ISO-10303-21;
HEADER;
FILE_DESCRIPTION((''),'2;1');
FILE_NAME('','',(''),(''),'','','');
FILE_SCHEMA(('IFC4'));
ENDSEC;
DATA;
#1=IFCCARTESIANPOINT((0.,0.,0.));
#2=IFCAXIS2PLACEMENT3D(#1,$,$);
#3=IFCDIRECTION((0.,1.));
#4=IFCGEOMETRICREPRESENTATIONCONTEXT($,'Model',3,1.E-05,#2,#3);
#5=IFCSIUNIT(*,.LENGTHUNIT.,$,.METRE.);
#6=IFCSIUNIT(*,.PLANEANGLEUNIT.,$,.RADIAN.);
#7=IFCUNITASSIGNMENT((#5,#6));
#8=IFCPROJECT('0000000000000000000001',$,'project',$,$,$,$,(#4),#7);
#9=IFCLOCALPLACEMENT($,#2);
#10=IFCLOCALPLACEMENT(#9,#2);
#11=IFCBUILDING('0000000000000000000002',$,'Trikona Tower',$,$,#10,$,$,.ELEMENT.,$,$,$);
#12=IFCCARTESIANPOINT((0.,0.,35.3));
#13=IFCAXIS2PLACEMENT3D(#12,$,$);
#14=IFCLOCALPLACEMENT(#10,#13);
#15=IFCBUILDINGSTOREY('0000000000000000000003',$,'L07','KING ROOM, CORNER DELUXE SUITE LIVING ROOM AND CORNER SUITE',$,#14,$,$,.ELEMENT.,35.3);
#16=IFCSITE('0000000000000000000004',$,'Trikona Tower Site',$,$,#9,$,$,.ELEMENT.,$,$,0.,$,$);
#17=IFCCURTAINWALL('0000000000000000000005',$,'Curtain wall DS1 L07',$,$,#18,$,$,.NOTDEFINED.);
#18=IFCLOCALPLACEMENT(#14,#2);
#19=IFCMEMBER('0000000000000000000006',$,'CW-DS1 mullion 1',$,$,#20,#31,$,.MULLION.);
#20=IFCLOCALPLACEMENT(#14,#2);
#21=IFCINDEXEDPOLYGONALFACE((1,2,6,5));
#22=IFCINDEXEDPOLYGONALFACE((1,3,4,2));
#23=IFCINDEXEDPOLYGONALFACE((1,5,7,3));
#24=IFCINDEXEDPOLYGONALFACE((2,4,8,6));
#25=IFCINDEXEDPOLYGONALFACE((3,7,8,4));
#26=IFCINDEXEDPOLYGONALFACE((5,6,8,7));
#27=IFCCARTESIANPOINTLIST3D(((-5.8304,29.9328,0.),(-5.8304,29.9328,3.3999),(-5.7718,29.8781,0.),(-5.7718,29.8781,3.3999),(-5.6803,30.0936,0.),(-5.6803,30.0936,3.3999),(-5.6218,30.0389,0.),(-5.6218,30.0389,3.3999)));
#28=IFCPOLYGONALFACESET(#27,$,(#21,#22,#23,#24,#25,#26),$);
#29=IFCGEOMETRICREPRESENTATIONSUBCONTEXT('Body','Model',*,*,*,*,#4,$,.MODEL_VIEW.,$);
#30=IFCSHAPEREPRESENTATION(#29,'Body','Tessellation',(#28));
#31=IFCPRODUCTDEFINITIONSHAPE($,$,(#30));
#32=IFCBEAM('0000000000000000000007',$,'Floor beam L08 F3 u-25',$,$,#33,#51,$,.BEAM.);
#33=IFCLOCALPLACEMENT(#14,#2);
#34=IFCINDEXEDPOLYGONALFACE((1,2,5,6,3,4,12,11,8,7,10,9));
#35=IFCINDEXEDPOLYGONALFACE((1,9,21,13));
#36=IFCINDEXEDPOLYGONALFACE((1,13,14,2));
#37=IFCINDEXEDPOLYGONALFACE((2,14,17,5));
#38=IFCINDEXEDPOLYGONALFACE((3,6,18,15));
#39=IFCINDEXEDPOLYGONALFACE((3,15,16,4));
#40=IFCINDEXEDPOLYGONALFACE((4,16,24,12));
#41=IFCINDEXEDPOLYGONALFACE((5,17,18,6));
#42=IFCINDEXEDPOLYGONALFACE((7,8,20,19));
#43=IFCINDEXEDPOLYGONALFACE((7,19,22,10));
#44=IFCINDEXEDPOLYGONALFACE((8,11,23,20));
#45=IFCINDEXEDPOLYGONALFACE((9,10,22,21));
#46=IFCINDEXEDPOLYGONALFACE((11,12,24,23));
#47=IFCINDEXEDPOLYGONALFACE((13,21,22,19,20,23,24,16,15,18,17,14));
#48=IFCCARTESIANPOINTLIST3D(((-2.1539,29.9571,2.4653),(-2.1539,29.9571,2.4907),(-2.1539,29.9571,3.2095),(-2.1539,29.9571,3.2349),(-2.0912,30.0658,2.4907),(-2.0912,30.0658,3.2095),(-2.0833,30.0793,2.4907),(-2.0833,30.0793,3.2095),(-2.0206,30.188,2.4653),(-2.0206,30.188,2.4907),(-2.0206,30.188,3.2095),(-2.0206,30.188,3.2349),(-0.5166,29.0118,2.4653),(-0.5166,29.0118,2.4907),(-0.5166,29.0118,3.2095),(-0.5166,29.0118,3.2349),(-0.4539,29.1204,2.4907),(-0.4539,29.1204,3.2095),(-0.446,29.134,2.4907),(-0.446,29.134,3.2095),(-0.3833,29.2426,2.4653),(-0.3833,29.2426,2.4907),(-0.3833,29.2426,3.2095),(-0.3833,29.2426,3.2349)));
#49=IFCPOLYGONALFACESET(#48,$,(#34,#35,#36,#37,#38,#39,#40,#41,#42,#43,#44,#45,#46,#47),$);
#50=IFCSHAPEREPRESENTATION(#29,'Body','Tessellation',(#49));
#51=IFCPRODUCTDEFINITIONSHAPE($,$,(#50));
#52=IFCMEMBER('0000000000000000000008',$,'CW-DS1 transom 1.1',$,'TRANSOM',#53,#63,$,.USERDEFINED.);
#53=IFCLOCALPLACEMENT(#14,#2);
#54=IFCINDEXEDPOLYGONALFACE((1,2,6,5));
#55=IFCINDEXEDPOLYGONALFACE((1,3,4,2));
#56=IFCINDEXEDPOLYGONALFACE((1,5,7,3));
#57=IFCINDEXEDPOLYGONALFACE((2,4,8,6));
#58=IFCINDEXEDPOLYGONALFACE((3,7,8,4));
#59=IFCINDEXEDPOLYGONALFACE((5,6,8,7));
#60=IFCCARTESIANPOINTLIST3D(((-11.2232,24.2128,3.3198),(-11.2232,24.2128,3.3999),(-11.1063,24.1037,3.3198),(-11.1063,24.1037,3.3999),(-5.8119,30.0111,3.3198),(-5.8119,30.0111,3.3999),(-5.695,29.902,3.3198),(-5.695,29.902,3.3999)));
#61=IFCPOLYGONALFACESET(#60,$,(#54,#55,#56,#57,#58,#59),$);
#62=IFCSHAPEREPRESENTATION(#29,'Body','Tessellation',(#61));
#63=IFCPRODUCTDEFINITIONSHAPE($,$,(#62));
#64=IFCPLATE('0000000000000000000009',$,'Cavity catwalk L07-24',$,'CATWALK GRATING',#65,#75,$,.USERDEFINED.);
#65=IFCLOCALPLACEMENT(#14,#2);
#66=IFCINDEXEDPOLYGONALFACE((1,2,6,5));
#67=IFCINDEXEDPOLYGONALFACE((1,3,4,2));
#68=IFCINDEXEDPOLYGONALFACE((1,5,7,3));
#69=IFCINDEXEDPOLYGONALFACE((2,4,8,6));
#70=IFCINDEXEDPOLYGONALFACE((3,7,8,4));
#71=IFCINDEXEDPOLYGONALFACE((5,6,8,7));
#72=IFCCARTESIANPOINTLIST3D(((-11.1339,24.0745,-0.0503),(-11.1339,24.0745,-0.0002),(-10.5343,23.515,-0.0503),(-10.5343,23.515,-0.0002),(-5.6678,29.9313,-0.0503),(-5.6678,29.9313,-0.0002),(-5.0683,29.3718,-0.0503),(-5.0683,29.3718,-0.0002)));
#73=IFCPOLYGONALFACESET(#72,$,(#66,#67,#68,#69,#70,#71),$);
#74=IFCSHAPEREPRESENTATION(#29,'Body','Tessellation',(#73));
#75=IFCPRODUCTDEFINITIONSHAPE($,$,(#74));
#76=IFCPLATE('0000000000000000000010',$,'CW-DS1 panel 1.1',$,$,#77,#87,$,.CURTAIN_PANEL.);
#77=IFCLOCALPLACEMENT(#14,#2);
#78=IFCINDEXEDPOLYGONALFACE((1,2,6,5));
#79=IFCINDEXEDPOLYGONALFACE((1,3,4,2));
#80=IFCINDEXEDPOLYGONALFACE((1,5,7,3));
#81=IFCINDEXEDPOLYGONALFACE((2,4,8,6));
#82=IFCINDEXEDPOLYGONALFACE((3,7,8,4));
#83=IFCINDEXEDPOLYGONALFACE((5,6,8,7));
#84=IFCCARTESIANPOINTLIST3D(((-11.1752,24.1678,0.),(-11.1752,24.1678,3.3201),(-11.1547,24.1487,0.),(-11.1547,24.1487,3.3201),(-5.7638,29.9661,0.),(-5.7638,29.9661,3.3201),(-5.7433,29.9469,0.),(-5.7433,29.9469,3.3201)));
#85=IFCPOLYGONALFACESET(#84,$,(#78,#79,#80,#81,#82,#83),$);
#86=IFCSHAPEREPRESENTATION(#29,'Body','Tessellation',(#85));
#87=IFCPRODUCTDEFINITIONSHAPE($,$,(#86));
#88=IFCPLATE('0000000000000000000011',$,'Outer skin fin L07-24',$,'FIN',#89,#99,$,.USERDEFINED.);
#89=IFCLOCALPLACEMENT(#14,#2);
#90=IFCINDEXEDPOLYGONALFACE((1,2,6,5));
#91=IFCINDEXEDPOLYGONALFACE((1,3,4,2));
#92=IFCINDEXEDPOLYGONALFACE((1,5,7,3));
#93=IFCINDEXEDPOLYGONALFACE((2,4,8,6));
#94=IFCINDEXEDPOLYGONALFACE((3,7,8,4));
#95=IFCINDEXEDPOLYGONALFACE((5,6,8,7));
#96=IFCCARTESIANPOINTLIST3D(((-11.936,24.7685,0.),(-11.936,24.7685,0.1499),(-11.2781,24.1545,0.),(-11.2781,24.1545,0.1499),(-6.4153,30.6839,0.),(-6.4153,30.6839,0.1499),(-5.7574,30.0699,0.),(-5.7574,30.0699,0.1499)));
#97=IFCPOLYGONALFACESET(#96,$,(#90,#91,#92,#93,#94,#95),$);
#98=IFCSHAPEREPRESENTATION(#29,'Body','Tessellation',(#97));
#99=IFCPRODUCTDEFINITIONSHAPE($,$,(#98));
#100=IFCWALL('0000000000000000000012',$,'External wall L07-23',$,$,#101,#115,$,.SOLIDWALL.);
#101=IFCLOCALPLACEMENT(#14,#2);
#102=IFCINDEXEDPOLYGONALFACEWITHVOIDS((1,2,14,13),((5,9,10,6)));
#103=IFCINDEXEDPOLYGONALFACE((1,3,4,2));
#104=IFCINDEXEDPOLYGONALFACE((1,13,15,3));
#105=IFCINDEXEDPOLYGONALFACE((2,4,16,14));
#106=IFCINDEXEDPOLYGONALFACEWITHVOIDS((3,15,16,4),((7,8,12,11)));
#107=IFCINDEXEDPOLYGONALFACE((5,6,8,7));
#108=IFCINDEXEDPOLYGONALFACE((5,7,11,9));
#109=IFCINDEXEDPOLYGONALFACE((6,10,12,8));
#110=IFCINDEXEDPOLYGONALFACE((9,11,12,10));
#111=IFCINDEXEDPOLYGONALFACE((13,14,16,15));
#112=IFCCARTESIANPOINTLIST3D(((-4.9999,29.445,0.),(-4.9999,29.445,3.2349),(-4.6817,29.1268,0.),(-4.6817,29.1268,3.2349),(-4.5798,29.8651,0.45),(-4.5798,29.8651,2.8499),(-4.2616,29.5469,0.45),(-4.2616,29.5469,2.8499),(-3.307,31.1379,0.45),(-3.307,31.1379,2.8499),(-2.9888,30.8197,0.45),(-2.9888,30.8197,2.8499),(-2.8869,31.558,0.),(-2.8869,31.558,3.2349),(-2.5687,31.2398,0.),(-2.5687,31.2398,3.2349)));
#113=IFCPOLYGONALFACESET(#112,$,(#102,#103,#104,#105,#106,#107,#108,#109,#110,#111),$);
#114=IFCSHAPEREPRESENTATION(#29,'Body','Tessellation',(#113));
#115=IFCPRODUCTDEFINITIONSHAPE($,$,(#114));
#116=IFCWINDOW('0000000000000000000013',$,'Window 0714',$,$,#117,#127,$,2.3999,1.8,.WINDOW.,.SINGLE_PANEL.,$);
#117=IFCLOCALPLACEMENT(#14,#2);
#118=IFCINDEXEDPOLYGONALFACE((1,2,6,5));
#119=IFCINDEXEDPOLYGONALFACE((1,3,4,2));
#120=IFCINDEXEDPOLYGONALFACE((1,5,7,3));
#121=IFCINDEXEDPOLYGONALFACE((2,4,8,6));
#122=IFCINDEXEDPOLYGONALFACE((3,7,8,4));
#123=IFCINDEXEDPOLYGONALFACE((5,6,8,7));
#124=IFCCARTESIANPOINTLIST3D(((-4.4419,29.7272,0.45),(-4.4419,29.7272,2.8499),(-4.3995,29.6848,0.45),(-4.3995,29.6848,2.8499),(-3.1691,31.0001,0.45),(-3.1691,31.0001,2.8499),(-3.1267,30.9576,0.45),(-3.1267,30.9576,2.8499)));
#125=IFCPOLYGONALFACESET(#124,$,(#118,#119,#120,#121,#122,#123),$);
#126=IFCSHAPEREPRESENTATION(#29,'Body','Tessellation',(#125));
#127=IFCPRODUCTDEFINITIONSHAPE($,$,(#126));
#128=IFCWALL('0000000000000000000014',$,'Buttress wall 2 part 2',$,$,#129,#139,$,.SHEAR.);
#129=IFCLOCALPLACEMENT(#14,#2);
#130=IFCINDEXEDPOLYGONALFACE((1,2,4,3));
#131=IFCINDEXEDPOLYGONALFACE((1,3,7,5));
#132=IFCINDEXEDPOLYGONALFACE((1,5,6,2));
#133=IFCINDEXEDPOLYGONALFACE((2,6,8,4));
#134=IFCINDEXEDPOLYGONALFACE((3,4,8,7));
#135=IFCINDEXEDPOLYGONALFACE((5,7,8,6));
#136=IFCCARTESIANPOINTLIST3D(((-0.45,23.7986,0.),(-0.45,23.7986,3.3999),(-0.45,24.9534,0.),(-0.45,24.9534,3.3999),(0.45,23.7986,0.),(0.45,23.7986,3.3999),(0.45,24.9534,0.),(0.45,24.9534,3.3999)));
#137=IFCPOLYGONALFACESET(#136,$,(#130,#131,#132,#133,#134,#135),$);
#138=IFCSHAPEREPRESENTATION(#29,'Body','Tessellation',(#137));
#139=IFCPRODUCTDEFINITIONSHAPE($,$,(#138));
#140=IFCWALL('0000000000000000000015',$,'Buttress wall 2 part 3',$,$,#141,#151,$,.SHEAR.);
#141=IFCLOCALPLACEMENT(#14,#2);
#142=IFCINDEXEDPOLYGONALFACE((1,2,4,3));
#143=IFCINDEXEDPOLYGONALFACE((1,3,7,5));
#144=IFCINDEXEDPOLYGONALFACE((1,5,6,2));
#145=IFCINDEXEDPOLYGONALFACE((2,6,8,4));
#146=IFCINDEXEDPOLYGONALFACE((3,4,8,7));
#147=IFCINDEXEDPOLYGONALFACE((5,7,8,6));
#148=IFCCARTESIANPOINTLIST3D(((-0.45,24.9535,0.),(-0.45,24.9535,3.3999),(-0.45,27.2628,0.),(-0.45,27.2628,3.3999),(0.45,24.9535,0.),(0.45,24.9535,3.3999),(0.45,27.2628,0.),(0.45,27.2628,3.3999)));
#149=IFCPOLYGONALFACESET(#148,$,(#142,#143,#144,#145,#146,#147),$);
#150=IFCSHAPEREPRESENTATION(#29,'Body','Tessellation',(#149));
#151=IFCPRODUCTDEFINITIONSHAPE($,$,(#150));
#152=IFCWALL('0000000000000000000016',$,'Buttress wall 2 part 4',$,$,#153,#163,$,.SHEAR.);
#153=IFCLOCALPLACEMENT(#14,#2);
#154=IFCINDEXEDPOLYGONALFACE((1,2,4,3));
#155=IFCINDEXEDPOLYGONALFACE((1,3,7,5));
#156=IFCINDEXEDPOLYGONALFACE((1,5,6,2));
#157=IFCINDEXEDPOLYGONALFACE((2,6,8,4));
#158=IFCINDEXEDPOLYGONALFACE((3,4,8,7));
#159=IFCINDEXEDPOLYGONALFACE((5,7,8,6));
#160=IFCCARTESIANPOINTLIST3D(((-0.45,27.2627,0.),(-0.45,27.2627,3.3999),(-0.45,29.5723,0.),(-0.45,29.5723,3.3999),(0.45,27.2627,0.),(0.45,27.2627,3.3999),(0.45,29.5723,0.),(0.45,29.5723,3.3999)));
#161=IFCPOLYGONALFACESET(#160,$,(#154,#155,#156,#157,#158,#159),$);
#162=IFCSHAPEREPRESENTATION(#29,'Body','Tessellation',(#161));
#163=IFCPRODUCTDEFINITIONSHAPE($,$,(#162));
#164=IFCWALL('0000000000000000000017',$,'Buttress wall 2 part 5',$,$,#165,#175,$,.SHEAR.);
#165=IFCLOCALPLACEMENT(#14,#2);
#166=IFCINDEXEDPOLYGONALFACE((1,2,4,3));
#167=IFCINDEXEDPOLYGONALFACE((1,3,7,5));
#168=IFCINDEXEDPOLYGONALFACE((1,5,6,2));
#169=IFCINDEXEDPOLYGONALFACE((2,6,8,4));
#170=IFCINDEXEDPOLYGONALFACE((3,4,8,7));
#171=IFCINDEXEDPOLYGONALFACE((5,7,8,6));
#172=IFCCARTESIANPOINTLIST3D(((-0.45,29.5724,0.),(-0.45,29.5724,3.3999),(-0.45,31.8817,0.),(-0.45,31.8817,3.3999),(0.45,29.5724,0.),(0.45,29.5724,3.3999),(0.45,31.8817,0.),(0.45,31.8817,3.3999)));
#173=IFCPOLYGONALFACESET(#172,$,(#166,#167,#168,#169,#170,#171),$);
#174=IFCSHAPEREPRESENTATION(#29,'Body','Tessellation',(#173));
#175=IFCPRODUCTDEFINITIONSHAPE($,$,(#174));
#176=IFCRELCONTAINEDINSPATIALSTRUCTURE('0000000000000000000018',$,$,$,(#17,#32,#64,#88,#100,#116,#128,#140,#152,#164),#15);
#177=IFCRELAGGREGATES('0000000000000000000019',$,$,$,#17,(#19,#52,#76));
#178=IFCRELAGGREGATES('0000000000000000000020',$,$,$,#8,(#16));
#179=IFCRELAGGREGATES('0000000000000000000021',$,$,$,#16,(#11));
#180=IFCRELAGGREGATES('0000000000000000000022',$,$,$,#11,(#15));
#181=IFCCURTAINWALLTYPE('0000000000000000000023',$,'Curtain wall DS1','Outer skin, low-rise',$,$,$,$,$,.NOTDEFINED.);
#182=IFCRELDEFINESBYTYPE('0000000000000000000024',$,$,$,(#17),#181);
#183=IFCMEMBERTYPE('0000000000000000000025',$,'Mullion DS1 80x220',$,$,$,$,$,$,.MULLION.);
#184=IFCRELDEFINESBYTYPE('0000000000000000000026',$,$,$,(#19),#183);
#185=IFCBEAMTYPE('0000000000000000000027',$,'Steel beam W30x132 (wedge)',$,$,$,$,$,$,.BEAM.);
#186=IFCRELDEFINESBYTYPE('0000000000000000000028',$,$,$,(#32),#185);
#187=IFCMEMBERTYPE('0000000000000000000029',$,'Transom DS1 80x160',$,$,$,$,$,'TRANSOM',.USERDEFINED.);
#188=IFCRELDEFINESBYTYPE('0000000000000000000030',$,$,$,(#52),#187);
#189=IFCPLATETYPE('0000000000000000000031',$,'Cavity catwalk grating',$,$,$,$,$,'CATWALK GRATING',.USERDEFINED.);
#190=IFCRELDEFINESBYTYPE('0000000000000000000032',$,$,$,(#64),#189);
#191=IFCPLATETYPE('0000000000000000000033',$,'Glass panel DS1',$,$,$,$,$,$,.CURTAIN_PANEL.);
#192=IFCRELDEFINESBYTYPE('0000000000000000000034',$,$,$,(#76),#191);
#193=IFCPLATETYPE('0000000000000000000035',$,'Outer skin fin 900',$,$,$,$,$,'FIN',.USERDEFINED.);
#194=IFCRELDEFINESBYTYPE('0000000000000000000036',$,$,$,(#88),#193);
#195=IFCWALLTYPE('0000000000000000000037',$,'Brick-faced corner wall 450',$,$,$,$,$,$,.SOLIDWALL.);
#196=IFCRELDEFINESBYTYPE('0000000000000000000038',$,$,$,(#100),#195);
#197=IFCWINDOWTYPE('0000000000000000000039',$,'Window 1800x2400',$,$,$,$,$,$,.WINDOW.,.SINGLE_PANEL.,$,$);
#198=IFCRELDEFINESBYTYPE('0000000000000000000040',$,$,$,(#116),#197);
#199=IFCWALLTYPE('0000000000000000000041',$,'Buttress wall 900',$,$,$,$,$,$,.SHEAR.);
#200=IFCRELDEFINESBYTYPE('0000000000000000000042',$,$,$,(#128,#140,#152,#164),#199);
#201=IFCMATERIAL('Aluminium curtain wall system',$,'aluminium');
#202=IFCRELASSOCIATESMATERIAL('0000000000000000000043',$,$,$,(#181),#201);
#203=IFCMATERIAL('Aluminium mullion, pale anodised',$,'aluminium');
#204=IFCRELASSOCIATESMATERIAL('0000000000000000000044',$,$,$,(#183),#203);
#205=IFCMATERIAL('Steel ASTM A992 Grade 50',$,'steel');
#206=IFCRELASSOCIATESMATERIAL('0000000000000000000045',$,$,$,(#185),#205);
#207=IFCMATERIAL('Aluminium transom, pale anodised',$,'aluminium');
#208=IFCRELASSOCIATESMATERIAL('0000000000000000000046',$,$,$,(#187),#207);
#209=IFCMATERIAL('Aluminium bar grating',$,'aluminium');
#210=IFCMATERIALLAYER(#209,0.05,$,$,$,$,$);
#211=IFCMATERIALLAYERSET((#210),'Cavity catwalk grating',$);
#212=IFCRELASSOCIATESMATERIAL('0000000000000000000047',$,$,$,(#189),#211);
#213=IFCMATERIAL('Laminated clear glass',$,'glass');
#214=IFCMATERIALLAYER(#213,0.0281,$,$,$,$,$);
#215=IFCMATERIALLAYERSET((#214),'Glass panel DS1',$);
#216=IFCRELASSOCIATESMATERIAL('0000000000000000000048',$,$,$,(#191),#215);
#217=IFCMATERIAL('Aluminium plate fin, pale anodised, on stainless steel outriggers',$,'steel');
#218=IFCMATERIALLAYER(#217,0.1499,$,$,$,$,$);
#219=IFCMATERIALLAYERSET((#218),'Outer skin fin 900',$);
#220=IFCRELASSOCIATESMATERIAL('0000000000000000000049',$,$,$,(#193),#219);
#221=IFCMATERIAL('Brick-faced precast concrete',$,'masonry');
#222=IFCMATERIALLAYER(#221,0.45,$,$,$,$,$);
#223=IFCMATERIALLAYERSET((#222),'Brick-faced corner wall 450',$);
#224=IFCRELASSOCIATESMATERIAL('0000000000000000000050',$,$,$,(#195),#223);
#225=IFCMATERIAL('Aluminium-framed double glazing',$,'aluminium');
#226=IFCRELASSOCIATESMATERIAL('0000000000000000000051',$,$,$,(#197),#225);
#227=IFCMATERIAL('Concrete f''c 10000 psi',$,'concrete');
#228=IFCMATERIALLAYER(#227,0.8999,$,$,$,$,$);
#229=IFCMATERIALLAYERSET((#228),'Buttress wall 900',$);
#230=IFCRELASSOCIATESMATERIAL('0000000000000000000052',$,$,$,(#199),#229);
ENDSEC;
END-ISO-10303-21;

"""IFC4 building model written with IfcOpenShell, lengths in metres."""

from ifc_helpers import new_model, si_unit, direction, frame, frame_2d, origin, origin_2d, place, context, subcontext, project, spatial, rectangle, i_section, extrude, material, layer, layer_set, material_profile, profile_set, type_object, element, fill, aggregate, save


model = new_model("IFC4")

# Units and contexts
model_context = context("Model", 3, precision=1e-05, world=origin(), true_north=direction((0.0, 1.0)))
body_context = subcontext(model_context, "Body", "Model", "MODEL_VIEW")
ifc_project = project(units=[si_unit("LENGTHUNIT", "METRE"), si_unit("PLANEANGLEUNIT", "RADIAN")], contexts=[model_context])

# Site, building, storey
site_placement = place(None, origin())
site = spatial("IfcSite", under=ifc_project, at=site_placement, Name="Trikona Tower Site", CompositionType="ELEMENT", RefElevation=0.0)
building_placement = place(site_placement, origin())
building = spatial("IfcBuilding", under=site, at=building_placement, Name="Trikona Tower", CompositionType="ELEMENT")
storey_placement = place(building_placement, frame((0.0, 0.0, 35.3)))
storey = spatial("IfcBuildingStorey", under=building, at=storey_placement, Name="L07", Description="KING ROOM, CORNER DELUXE SUITE LIVING ROOM AND CORNER SUITE", CompositionType="ELEMENT", Elevation=35.3)

# Curtain wall, member
ifc_material_1 = material(Name="Aluminium curtain wall system", Category="aluminium")
curtain_wall_type = type_object("IfcCurtainWallType", Name="Curtain wall DS1", Description="Outer skin, low-rise", PredefinedType="NOTDEFINED", material=ifc_material_1)
curtain_wall_placement = place(storey_placement, origin())
curtain_wall = element("IfcCurtainWall", 1, at=curtain_wall_placement, inside=storey, type_object=curtain_wall_type, Name="Curtain wall DS1 L07", PredefinedType="NOTDEFINED")
ifc_material_2 = material(Name="Aluminium mullion, pale anodised", Category="aluminium")
ifc_material_profile_1 = material_profile(ifc_material_2, rectangle(XDim=0.0801, YDim=0.22, at=origin_2d()), Name="MUL-DS1")
ifc_profile_set_1 = profile_set([ifc_material_profile_1], Name="Aluminium mullion, pale anodised")
member_type_1 = type_object("IfcMemberType", Name="Mullion DS1 80x220", PredefinedType="MULLION", material=ifc_profile_set_1)
member_1_placement = place(storey_placement, frame((-5.7261, 29.9858, 0.0), z_axis=(0.0, 0.0, 1.0), x_axis=(0.731077, -0.682295, 0.0)))
member_1 = element("IfcMember", 2, at=member_1_placement, type_object=member_type_1, Name="CW-DS1 mullion 1", PredefinedType="MULLION", context=body_context, shape_type="SweptSolid", body=[
    extrude(rectangle(XDim=0.0801, YDim=0.22, at=origin_2d()), origin(), (0.0, 0.0, 1.0), 3.3999),
])

# Beam
ifc_material_3 = material(Name="Steel ASTM A992 Grade 50", Category="steel")
ifc_material_profile_2 = material_profile(ifc_material_3, i_section(OverallWidth=0.2666, OverallDepth=0.7695, WebThickness=0.0156, FlangeThickness=0.0254, at=origin_2d()), Name="W30X132")
ifc_profile_set_2 = profile_set([ifc_material_profile_2], Name="Steel ASTM A992 Grade 50")
beam_type = type_object("IfcBeamType", Name="Steel beam W30x132 (wedge)", PredefinedType="BEAM", material=ifc_profile_set_2)
beam_placement = place(storey_placement, frame((-0.45, 29.1272, 2.8501), z_axis=(-0.866009, 0.500028, 0.0), x_axis=(-0.500028, -0.866009, 0.0)))
element("IfcBeam", 3, at=beam_placement, inside=storey, type_object=beam_type, Name="Floor beam L08 F3 u-25", PredefinedType="BEAM", context=body_context, shape_type="SweptSolid", body=[
    extrude(i_section(OverallWidth=0.2666, OverallDepth=0.7695, WebThickness=0.0156, FlangeThickness=0.0254, at=origin_2d()), origin(), (0.0, 0.0, 1.0), 1.8906),
])

# Member
ifc_material_4 = material(Name="Aluminium transom, pale anodised", Category="aluminium")
ifc_material_profile_3 = material_profile(ifc_material_4, rectangle(XDim=0.1599, YDim=0.0801, at=origin_2d()), Name="TRN-DS1")
ifc_profile_set_3 = profile_set([ifc_material_profile_3], Name="Aluminium transom, pale anodised")
member_type_2 = type_object("IfcMemberType", Name="Transom DS1 80x160", ElementType="TRANSOM", PredefinedType="USERDEFINED", material=ifc_profile_set_3)
member_2_placement = place(storey_placement, frame((-5.7534, 29.9565, 3.3599), z_axis=(-0.682291, -0.731081, 0.0), x_axis=(0.731081, -0.682291, 0.0)))
member_2 = element("IfcMember", 4, at=member_2_placement, type_object=member_type_2, Name="CW-DS1 transom 1.1", ObjectType="TRANSOM", PredefinedType="USERDEFINED", context=body_context, shape_type="SweptSolid", body=[
    extrude(rectangle(XDim=0.1599, YDim=0.0801, at=origin_2d()), origin(), (0.0, 0.0, 1.0), 7.9312),
])

# Plates
ifc_material_5 = material(Name="Aluminium bar grating", Category="aluminium")
ifc_layer_1 = layer(ifc_material_5, 0.05)
ifc_layer_set_1 = layer_set([ifc_layer_1], Name="Cavity catwalk grating")
plate_type_1 = type_object("IfcPlateType", Name="Cavity catwalk grating", ElementType="CATWALK GRATING", PredefinedType="USERDEFINED", material=ifc_layer_set_1)
plate_1_placement = place(storey_placement, frame((-8.1011, 26.7231, -0.0503), z_axis=(0.0, 0.0, 1.0), x_axis=(-0.682298, -0.731074, 0.0)))
element("IfcPlate", 5, at=plate_1_placement, inside=storey, type_object=plate_type_1, Name="Cavity catwalk L07-24", ObjectType="CATWALK GRATING", PredefinedType="USERDEFINED", context=body_context, shape_type="SweptSolid", body=[
    extrude(rectangle(XDim=8.0112, YDim=0.8201, at=origin_2d()), origin(), (0.0, 0.0, 1.0), 0.05),
])
ifc_material_6 = material(Name="Laminated clear glass", Category="glass")
ifc_layer_2 = layer(ifc_material_6, 0.0281)
ifc_layer_set_2 = layer_set([ifc_layer_2], Name="Glass panel DS1")
plate_type_2 = type_object("IfcPlateType", Name="Glass panel DS1", PredefinedType="CURTAIN_PANEL", material=ifc_layer_set_2)
plate_2_placement = place(storey_placement, frame((-8.4592, 27.0574, 0.0), z_axis=(0.0, 0.0, 1.0), x_axis=(-0.682295, -0.731077, 0.0)))
plate_2 = element("IfcPlate", 6, at=plate_2_placement, type_object=plate_type_2, Name="CW-DS1 panel 1.1", PredefinedType="CURTAIN_PANEL", context=body_context, shape_type="SweptSolid", body=[
    extrude(rectangle(XDim=7.9312, YDim=0.0281, at=origin_2d()), origin(), (0.0, 0.0, 1.0), 3.3201),
])
aggregate(curtain_wall, [member_1, member_2, plate_2])
ifc_material_7 = material(Name="Aluminium plate fin, pale anodised, on stainless steel outriggers", Category="steel")
ifc_layer_3 = layer(ifc_material_7, 0.1499)
ifc_layer_set_3 = layer_set([ifc_layer_3], Name="Outer skin fin 900")
plate_type_3 = type_object("IfcPlateType", Name="Outer skin fin 900", ElementType="FIN", PredefinedType="USERDEFINED", material=ifc_layer_set_3)
plate_3_placement = place(storey_placement, frame((-8.8467, 27.4192, 0.0), z_axis=(0.0, 0.0, 1.0), x_axis=(-0.682298, -0.731074, 0.0)))
element("IfcPlate", 7, at=plate_3_placement, inside=storey, type_object=plate_type_3, Name="Outer skin fin L07-24", ObjectType="FIN", PredefinedType="USERDEFINED", context=body_context, shape_type="SweptSolid", body=[
    extrude(rectangle(XDim=8.0913, YDim=0.8999, at=origin_2d()), origin(), (0.0, 0.0, 1.0), 0.1499),
])

# Wall, opening, window
ifc_material_8 = material(Name="Brick-faced precast concrete", Category="masonry")
ifc_layer_4 = layer(ifc_material_8, 0.45)
ifc_layer_set_4 = layer_set([ifc_layer_4], Name="Brick-faced corner wall 450")
wall_type_1 = type_object("IfcWallType", Name="Brick-faced corner wall 450", PredefinedType="SOLIDWALL", material=ifc_layer_set_4)
wall_1_placement = place(storey_placement, frame((-2.7278, 31.3989, 0.0), z_axis=(0.0, 0.0, 1.0), x_axis=(-0.707107, -0.707107, 0.0)))
wall_1 = element("IfcWall", 8, at=wall_1_placement, inside=storey, type_object=wall_type_1, Name="External wall L07-23", PredefinedType="SOLIDWALL", context=body_context, shape_type="SweptSolid", body=[
    extrude(rectangle(XDim=2.9883, YDim=0.45, at=frame_2d((1.4941, 0.0))), origin(), (0.0, 0.0, 1.0), 3.2349),
])
opening_1_placement = place(wall_1_placement, frame((0.5942, 0.0, 0.45)))
opening_1 = element("IfcOpeningElement", 9, at=opening_1_placement, cuts=wall_1, PredefinedType="OPENING", context=body_context, shape_type="SweptSolid", body=[
    extrude(rectangle(XDim=1.8, YDim=2.3999, at=frame_2d((0.8999, 1.2))), frame((0.0, 0.2349, 0.0), z_axis=(0.0, -1.0, 0.0), x_axis=(1.0, 0.0, 0.0)), (0.0, 0.0, 1.0), 0.47),
])
ifc_material_9 = material(Name="Aluminium-framed double glazing", Category="aluminium")
window_type_1 = type_object("IfcWindowType", Name="Window 1800x2400", PartitioningType="SINGLE_PANEL", PredefinedType="WINDOW", material=ifc_material_9)
window_1_placement = place(opening_1_placement, origin())
window_1 = element("IfcWindow", 10, at=window_1_placement, inside=storey, type_object=window_type_1, Name="Window 0714", OverallHeight=2.3999, OverallWidth=1.8, PartitioningType="SINGLE_PANEL", PredefinedType="WINDOW", context=body_context, shape_type="SweptSolid", body=[
    extrude(rectangle(XDim=1.8, YDim=2.3999, at=frame_2d((0.8999, 1.2))), frame((0.0, 0.03, 0.0), z_axis=(0.0, -1.0, 0.0), x_axis=(1.0, 0.0, 0.0)), (0.0, 0.0, 1.0), 0.0601),
])
fill(opening_1, window_1)

# Walls
ifc_material_10 = material(Name="Concrete f'c 10000 psi", Category="concrete")
ifc_layer_5 = layer(ifc_material_10, 0.8999)
ifc_layer_set_5 = layer_set([ifc_layer_5], Name="Buttress wall 900")
wall_type_2 = type_object("IfcWallType", Name="Buttress wall 900", PredefinedType="SHEAR", material=ifc_layer_set_5)
wall_2_placement = place(storey_placement, frame((0.0, 23.7986, 0.0), z_axis=(0.0, 0.0, 1.0), x_axis=(0.0, 1.0, 0.0)))
element("IfcWall", 11, at=wall_2_placement, inside=storey, type_object=wall_type_2, Name="Buttress wall 2 part 2", PredefinedType="SHEAR", context=body_context, shape_type="SweptSolid", body=[
    extrude(rectangle(XDim=1.1548, YDim=0.8999, at=frame_2d((0.5774, 0.0))), origin(), (0.0, 0.0, 1.0), 3.3999),
])
wall_3_placement = place(storey_placement, frame((0.0, 24.9534, 0.0), z_axis=(0.0, 0.0, 1.0), x_axis=(0.0, 1.0, 0.0)))
element("IfcWall", 12, at=wall_3_placement, inside=storey, type_object=wall_type_2, Name="Buttress wall 2 part 3", PredefinedType="SHEAR", context=body_context, shape_type="SweptSolid", body=[
    extrude(rectangle(XDim=2.3093, YDim=0.8999, at=frame_2d((1.1548, 0.0))), origin(), (0.0, 0.0, 1.0), 3.3999),
])
wall_4_placement = place(storey_placement, frame((0.0, 27.2627, 0.0), z_axis=(0.0, 0.0, 1.0), x_axis=(0.0, 1.0, 0.0)))
element("IfcWall", 13, at=wall_4_placement, inside=storey, type_object=wall_type_2, Name="Buttress wall 2 part 4", PredefinedType="SHEAR", context=body_context, shape_type="SweptSolid", body=[
    extrude(rectangle(XDim=2.3096, YDim=0.8999, at=frame_2d((1.1548, 0.0))), origin(), (0.0, 0.0, 1.0), 3.3999),
])
wall_5_placement = place(storey_placement, frame((0.0, 29.5723, 0.0), z_axis=(0.0, 0.0, 1.0), x_axis=(0.0, 1.0, 0.0)))
element("IfcWall", 14, at=wall_5_placement, inside=storey, type_object=wall_type_2, Name="Buttress wall 2 part 5", PredefinedType="SHEAR", context=body_context, shape_type="SweptSolid", body=[
    extrude(rectangle(XDim=2.3093, YDim=0.8999, at=frame_2d((1.1548, 0.0))), origin(), (0.0, 0.0, 1.0), 3.3999),
])

save(model, "model.ifc")
